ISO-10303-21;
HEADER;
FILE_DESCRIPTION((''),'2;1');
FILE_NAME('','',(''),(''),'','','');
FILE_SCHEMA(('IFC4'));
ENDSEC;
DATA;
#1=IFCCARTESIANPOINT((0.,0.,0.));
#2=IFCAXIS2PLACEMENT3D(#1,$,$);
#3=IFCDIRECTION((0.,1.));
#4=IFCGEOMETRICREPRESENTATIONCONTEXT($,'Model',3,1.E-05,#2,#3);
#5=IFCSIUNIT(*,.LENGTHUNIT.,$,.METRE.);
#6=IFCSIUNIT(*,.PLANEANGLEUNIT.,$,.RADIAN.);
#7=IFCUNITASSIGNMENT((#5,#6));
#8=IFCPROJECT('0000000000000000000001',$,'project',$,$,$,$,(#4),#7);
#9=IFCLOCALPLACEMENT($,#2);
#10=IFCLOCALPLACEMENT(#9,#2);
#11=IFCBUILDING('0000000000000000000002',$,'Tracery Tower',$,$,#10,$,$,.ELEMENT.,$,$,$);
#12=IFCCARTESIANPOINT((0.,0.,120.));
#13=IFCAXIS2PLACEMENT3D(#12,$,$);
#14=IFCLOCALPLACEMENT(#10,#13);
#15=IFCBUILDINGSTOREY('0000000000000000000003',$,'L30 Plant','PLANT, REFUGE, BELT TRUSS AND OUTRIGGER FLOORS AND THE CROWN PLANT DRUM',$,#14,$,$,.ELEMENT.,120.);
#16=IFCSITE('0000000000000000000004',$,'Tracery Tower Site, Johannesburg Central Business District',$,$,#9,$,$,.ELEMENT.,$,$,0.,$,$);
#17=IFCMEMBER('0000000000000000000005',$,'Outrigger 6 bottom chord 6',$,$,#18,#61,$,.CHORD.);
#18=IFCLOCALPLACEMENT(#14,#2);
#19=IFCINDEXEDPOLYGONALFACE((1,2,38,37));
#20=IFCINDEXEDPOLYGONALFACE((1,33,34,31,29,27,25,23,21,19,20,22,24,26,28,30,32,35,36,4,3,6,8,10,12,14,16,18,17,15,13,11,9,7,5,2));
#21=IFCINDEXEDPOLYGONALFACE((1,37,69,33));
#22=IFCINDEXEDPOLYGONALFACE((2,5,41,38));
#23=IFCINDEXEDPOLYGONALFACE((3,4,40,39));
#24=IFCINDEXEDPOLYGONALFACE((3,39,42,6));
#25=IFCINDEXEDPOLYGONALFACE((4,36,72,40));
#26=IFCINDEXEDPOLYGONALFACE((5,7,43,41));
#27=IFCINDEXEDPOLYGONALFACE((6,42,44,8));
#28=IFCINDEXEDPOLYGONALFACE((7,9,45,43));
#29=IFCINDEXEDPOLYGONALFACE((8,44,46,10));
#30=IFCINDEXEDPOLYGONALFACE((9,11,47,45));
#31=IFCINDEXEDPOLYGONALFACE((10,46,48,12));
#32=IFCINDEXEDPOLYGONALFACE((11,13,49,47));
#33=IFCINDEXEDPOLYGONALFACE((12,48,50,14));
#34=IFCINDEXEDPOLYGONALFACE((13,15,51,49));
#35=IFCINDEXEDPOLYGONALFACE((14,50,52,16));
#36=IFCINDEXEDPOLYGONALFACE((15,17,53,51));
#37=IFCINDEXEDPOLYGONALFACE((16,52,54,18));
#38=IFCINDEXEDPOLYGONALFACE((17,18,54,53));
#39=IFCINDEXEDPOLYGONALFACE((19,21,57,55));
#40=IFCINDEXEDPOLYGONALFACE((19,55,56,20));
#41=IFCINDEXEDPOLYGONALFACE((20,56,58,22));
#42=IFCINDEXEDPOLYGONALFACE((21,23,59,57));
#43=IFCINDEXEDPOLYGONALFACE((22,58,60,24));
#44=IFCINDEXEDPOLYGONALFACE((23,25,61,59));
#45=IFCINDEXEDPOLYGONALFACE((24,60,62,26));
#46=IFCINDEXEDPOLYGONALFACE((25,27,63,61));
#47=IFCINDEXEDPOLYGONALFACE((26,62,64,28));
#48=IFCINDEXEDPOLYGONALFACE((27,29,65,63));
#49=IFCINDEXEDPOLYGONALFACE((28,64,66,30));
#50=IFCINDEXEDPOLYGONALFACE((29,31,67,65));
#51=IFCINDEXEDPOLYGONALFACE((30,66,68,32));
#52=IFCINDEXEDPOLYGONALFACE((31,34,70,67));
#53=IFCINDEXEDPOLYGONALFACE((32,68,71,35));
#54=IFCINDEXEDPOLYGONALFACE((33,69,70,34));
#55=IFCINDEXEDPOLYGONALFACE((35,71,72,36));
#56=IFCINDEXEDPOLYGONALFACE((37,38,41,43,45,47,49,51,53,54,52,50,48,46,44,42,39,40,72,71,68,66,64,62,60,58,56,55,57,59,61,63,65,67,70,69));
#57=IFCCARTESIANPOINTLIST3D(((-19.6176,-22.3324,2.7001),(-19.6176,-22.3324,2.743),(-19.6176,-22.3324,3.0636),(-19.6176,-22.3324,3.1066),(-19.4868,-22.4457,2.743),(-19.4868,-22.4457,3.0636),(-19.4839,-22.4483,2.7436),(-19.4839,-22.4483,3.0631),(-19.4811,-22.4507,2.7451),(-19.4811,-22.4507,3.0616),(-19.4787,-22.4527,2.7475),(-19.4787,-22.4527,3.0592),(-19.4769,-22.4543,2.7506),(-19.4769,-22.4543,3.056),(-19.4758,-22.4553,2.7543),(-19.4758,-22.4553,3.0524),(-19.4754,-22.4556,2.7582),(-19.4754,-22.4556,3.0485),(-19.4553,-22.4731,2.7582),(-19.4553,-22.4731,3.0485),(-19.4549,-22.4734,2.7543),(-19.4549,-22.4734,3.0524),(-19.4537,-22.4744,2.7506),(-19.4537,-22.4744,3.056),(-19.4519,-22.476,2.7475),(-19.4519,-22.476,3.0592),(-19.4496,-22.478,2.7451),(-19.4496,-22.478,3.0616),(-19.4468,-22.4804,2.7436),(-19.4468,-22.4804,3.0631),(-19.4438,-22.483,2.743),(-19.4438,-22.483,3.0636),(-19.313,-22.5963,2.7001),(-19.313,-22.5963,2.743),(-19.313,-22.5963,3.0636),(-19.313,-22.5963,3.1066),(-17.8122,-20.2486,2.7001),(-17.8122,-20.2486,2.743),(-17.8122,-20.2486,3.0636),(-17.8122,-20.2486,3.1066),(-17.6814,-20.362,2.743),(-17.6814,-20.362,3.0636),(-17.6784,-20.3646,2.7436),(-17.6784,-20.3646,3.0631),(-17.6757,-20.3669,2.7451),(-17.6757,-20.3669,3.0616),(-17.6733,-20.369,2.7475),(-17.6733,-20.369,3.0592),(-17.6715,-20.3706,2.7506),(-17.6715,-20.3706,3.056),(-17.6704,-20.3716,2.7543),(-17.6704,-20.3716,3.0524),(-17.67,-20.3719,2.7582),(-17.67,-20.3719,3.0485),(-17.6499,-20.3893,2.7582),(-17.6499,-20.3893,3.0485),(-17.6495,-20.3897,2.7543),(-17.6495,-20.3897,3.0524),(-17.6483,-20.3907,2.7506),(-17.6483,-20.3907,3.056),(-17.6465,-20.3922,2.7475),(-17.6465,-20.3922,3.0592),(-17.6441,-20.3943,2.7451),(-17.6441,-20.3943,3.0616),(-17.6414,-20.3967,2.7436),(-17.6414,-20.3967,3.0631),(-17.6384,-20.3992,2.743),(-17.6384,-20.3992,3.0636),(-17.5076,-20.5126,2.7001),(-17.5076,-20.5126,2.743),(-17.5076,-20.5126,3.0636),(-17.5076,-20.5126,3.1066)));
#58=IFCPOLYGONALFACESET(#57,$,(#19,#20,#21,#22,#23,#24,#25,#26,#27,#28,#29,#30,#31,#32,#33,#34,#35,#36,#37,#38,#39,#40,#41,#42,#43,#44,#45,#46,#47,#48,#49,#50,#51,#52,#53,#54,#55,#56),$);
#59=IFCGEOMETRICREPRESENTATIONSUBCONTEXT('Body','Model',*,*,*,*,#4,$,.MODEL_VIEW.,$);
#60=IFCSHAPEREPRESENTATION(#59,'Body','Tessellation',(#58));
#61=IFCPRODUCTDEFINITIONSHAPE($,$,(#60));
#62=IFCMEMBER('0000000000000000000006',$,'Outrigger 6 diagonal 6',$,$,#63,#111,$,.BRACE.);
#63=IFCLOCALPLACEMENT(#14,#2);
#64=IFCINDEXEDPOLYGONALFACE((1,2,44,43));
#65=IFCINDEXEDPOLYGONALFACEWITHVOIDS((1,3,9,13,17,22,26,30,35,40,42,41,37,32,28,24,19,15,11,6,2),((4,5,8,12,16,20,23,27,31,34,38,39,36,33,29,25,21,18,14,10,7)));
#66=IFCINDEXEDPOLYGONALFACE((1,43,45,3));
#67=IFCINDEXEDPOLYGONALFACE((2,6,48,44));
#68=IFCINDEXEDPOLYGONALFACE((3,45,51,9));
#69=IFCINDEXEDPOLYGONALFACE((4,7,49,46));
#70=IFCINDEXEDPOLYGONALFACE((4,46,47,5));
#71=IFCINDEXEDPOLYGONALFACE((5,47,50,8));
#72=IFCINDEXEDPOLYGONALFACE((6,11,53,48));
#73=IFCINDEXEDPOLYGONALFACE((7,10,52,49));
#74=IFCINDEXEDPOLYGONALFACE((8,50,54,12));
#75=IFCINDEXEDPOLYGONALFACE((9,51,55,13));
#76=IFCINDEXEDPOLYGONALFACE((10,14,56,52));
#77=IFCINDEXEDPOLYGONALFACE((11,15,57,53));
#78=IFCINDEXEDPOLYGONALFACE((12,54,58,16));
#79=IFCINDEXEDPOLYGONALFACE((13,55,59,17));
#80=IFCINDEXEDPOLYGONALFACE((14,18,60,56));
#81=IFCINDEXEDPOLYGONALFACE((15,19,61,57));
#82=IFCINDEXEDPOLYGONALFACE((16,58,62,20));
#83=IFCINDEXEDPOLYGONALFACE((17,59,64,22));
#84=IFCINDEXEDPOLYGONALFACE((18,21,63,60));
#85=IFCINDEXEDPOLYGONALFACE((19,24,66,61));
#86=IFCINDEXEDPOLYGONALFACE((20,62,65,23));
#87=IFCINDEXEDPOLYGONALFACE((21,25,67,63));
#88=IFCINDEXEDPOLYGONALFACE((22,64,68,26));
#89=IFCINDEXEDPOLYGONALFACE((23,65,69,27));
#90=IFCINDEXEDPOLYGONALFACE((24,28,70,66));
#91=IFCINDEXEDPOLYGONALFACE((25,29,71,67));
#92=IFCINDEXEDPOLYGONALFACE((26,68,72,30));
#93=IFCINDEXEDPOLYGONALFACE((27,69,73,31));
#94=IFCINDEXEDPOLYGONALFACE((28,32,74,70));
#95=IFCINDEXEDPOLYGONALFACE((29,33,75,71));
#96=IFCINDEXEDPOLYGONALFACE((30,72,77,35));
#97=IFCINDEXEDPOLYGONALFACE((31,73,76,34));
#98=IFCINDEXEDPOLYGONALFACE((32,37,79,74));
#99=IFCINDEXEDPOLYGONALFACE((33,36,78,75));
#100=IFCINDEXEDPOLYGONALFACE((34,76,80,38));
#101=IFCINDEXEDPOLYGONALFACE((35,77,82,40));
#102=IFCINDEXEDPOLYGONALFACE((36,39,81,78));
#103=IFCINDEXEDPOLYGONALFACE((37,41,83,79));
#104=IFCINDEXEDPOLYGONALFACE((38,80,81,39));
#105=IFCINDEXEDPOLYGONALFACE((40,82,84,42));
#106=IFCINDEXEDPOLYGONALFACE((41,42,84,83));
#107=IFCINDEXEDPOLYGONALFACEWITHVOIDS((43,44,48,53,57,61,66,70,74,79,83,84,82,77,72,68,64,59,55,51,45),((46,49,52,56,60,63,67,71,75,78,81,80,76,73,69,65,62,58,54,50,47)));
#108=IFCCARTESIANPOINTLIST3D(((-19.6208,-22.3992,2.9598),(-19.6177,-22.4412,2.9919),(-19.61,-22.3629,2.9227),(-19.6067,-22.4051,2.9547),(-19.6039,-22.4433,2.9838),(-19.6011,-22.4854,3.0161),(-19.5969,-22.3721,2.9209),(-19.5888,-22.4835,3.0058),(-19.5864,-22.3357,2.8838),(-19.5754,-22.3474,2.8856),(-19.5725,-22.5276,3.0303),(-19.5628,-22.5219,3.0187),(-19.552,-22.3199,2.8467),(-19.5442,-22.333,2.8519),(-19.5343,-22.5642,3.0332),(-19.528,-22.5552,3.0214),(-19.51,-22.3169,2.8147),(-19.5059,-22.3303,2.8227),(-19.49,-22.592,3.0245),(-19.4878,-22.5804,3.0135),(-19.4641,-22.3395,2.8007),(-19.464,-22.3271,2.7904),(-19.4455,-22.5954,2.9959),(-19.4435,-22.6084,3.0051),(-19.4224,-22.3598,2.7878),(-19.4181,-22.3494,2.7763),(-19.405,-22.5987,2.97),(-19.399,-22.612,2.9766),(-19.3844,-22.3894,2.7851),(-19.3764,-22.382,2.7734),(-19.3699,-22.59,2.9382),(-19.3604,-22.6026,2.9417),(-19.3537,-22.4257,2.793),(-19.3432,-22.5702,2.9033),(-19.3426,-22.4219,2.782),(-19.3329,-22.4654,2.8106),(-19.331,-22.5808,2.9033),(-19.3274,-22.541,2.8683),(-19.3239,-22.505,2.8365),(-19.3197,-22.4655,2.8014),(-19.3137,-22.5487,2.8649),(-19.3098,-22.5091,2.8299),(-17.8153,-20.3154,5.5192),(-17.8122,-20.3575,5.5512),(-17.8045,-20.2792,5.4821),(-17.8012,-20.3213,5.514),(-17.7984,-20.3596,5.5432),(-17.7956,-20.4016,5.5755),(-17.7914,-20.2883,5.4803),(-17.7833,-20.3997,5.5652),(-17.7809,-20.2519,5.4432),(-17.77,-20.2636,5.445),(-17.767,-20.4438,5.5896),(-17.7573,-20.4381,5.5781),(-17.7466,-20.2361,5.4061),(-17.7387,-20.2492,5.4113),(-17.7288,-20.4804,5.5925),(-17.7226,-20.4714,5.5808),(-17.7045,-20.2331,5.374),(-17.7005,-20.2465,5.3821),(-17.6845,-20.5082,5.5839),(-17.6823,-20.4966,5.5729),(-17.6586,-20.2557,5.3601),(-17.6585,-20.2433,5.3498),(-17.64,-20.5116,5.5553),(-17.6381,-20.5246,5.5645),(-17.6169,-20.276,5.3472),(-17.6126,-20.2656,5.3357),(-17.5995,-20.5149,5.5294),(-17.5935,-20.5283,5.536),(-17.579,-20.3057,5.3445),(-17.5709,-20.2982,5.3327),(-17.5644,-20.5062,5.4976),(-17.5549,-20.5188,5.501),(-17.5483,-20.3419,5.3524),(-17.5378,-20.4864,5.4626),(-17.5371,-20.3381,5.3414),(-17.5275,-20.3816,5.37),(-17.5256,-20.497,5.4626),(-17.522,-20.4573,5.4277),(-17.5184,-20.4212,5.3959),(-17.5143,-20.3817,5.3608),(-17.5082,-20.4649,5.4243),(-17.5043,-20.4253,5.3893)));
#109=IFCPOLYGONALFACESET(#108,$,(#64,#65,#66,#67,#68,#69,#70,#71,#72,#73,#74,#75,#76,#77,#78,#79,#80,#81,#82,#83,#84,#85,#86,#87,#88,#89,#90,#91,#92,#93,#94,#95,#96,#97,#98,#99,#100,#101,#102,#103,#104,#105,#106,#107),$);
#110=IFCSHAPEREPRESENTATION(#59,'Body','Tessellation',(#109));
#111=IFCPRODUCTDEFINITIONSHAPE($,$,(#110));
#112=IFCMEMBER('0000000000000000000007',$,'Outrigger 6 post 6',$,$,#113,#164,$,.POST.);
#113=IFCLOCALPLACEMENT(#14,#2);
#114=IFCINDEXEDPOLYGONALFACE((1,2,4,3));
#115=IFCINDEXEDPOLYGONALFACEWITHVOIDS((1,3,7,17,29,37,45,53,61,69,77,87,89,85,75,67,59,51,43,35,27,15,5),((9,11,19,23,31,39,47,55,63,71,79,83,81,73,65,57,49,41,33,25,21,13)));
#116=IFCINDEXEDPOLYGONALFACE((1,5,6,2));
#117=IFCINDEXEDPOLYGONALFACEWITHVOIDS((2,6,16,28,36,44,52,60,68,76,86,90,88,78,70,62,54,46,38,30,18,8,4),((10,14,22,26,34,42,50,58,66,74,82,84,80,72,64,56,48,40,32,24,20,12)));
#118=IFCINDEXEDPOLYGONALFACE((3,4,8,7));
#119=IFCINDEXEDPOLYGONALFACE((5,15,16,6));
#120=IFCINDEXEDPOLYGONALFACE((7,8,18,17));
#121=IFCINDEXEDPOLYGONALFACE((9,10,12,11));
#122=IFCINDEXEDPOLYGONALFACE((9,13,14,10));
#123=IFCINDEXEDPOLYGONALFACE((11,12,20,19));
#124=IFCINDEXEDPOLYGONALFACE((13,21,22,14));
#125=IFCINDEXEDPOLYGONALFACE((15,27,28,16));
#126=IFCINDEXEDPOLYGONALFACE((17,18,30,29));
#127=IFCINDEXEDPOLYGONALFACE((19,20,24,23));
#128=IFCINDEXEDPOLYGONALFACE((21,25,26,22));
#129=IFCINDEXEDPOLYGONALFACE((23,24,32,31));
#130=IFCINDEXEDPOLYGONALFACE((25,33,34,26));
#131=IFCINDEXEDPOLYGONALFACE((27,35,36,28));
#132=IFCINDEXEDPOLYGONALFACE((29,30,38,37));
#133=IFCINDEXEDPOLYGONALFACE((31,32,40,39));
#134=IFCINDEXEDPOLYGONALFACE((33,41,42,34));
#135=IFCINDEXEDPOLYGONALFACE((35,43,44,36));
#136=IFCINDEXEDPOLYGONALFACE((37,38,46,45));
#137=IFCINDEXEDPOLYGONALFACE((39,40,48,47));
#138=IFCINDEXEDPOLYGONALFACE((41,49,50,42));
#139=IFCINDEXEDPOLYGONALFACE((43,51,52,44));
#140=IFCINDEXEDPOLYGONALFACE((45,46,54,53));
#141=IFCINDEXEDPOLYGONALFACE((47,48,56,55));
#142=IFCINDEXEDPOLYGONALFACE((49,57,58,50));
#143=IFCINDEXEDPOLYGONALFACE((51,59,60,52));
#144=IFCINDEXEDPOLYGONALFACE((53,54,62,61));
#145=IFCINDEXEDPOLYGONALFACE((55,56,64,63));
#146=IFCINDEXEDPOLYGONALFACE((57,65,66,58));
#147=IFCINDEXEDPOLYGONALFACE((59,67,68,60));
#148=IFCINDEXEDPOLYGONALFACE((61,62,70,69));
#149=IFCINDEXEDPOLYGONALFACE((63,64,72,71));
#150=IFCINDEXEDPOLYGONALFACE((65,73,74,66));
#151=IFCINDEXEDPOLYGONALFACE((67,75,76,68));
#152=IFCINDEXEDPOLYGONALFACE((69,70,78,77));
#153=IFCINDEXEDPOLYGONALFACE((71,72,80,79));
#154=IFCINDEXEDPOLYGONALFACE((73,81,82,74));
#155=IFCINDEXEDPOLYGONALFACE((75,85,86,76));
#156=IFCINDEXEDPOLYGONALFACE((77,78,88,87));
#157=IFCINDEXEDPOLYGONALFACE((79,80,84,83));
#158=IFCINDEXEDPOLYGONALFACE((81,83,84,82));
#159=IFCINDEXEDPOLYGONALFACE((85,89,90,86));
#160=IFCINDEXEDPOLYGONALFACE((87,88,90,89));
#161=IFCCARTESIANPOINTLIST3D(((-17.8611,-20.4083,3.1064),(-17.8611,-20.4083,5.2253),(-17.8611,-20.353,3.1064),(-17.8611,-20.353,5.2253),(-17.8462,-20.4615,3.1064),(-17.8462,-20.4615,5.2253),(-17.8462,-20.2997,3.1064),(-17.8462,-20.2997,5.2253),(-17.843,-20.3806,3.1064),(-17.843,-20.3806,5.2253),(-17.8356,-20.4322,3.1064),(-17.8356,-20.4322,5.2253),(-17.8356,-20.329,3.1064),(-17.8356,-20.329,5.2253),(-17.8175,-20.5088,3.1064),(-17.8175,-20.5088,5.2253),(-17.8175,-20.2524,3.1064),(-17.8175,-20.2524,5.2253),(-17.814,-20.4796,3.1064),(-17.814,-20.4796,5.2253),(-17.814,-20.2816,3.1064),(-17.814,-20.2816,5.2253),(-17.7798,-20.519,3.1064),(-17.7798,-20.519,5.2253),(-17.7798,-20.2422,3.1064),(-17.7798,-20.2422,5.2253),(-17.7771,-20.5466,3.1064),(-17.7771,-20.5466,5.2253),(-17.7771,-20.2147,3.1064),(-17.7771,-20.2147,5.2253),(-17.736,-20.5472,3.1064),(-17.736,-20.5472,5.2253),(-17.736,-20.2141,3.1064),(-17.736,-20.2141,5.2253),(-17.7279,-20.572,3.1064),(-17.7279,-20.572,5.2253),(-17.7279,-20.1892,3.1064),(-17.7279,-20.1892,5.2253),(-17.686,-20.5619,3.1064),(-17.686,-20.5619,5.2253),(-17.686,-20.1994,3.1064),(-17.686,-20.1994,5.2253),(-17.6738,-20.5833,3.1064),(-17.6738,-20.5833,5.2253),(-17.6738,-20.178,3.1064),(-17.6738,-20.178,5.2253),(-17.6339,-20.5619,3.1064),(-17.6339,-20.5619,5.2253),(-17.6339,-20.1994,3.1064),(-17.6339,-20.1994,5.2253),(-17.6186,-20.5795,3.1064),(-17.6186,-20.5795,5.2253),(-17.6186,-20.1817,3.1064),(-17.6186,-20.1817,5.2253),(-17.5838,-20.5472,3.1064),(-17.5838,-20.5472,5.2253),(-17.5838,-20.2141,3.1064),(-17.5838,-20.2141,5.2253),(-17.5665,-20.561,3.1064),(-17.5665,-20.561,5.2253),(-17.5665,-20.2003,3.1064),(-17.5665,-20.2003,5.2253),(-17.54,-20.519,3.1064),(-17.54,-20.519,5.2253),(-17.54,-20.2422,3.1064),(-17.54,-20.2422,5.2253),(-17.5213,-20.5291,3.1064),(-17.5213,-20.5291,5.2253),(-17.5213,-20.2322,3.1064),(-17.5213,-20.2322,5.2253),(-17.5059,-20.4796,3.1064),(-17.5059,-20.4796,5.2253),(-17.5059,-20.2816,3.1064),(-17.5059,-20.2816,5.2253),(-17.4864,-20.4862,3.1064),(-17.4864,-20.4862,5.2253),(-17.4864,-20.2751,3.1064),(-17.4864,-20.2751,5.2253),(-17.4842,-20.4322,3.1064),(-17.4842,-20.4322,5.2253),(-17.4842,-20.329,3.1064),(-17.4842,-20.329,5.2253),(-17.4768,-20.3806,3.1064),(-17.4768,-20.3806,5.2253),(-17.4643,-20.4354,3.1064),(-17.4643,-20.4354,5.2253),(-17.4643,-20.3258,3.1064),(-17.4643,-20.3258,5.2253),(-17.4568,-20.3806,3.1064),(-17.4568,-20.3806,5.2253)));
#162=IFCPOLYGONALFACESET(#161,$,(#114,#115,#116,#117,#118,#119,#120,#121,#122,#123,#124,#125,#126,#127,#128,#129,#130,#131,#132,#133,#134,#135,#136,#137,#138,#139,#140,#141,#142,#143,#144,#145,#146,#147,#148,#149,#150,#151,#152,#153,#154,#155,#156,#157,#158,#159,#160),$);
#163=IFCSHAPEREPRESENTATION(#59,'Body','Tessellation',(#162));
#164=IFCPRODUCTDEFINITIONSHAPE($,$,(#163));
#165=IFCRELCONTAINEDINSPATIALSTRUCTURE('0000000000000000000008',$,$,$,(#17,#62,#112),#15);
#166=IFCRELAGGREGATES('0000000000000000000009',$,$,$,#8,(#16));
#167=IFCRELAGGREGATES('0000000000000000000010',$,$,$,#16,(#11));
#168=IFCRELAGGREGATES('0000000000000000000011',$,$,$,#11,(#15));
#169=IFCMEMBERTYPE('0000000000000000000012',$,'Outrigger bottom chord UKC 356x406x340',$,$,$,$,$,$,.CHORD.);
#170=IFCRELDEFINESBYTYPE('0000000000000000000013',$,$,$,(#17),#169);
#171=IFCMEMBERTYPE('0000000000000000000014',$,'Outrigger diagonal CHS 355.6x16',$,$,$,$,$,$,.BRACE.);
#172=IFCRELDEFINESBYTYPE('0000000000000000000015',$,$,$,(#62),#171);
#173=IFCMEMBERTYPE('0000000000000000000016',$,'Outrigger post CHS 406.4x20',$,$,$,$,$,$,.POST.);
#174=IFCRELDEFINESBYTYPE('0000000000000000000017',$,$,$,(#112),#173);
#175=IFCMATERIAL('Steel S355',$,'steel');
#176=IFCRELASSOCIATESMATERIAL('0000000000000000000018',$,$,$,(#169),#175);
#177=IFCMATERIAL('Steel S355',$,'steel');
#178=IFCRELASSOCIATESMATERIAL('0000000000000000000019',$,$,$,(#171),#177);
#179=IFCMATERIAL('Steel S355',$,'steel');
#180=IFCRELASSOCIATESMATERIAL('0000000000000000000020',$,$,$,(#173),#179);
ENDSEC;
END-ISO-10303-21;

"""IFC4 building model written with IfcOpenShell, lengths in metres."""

from ifc_helpers import new_model, si_unit, direction, frame, origin, origin_2d, place, context, subcontext, project, spatial, hollow_circle, i_section, extrude, material, material_profile, profile_set, type_object, element, save


model = new_model("IFC4")

# Units and contexts
model_context = context("Model", 3, precision=1e-05, world=origin(), true_north=direction((0.0, 1.0)))
body_context = subcontext(model_context, "Body", "Model", "MODEL_VIEW")
ifc_project = project(units=[si_unit("LENGTHUNIT", "METRE"), si_unit("PLANEANGLEUNIT", "RADIAN")], contexts=[model_context])

# Site, building, storey
site_placement = place(None, origin())
site = spatial("IfcSite", under=ifc_project, at=site_placement, Name="Tracery Tower Site, Johannesburg Central Business District", CompositionType="ELEMENT", RefElevation=0.0)
building_placement = place(site_placement, origin())
building = spatial("IfcBuilding", under=site, at=building_placement, Name="Tracery Tower", CompositionType="ELEMENT")
storey_placement = place(building_placement, frame((0.0, 0.0, 120.0)))
storey = spatial("IfcBuildingStorey", under=building, at=storey_placement, Name="L30 Plant", Description="PLANT, REFUGE, BELT TRUSS AND OUTRIGGER FLOORS AND THE CROWN PLANT DRUM", CompositionType="ELEMENT", Elevation=120.0)

# Members
ifc_material_1 = material(Name="Steel S355", Category="steel")
ifc_material_profile_1 = material_profile(ifc_material_1, i_section(OverallWidth=0.4031, OverallDepth=0.4065, WebThickness=0.0266, FlangeThickness=0.043, FilletRadius=0.0151, at=origin_2d()), Name="UKC 356x406x340")
ifc_profile_set_1 = profile_set([ifc_material_profile_1], Name="Steel S355")
member_type_1 = type_object("IfcMemberType", Name="Outrigger bottom chord UKC 356x406x340", PredefinedType="CHORD", material=ifc_profile_set_1)
member_1_placement = place(storey_placement, frame((-17.6599, -20.3806, 2.9033), z_axis=(-0.654829, -0.755777, 0.0), x_axis=(0.755777, -0.654829, 0.0)))
element("IfcMember", 1, at=member_1_placement, inside=storey, type_object=member_type_1, Name="Outrigger 6 bottom chord 6", PredefinedType="CHORD", context=body_context, shape_type="SweptSolid", body=[
    extrude(i_section(OverallWidth=0.4031, OverallDepth=0.4065, WebThickness=0.0266, FlangeThickness=0.043, FilletRadius=0.0151, at=origin_2d()), origin(), (0.0, 0.0, 1.0), 2.7571),
])
ifc_material_2 = material(Name="Steel S355", Category="steel")
ifc_material_profile_2 = material_profile(ifc_material_2, hollow_circle(Radius=0.1777, WallThickness=0.0161, at=origin_2d()), Name="CHS 355.6x16")
ifc_profile_set_2 = profile_set([ifc_material_profile_2], Name="Steel S355")
member_type_2 = type_object("IfcMemberType", Name="Outrigger diagonal CHS 355.6x16", PredefinedType="BRACE", material=ifc_profile_set_2)
member_2_placement = place(storey_placement, frame((-17.6599, -20.3806, 5.4626), z_axis=(-0.479926, -0.553911, -0.680334), x_axis=(0.755777, -0.654829, 0.0)))
element("IfcMember", 2, at=member_2_placement, inside=storey, type_object=member_type_2, Name="Outrigger 6 diagonal 6", PredefinedType="BRACE", context=body_context, shape_type="SweptSolid", body=[
    extrude(hollow_circle(Radius=0.1777, WallThickness=0.0161, at=origin_2d()), origin(), (0.0, 0.0, 1.0), 3.762),
])
ifc_material_3 = material(Name="Steel S355", Category="steel")
ifc_material_profile_3 = material_profile(ifc_material_3, hollow_circle(Radius=0.2031, WallThickness=0.02, at=origin_2d()), Name="CHS 406.4x20")
ifc_profile_set_3 = profile_set([ifc_material_profile_3], Name="Steel S355")
member_type_3 = type_object("IfcMemberType", Name="Outrigger post CHS 406.4x20", PredefinedType="POST", material=ifc_profile_set_3)
for number, where, z_axis, x_axis, name in (
    (3, (-17.6599, -20.3806, 3.1064), (0.0, 0.0, 1.0), (1.0, 0.0, 0.0), "Outrigger 6 post 6"),
):
    element("IfcMember", number, at=place(storey_placement, frame(where, z_axis=z_axis, x_axis=x_axis)), inside=storey, type_object=member_type_3, Name=name, PredefinedType="POST", context=body_context, shape_type="SweptSolid", body=[
        extrude(hollow_circle(Radius=0.2031, WallThickness=0.02, at=origin_2d()), origin(), (0.0, 0.0, 1.0), 2.1189),
    ])

save(model, "model.ifc")
